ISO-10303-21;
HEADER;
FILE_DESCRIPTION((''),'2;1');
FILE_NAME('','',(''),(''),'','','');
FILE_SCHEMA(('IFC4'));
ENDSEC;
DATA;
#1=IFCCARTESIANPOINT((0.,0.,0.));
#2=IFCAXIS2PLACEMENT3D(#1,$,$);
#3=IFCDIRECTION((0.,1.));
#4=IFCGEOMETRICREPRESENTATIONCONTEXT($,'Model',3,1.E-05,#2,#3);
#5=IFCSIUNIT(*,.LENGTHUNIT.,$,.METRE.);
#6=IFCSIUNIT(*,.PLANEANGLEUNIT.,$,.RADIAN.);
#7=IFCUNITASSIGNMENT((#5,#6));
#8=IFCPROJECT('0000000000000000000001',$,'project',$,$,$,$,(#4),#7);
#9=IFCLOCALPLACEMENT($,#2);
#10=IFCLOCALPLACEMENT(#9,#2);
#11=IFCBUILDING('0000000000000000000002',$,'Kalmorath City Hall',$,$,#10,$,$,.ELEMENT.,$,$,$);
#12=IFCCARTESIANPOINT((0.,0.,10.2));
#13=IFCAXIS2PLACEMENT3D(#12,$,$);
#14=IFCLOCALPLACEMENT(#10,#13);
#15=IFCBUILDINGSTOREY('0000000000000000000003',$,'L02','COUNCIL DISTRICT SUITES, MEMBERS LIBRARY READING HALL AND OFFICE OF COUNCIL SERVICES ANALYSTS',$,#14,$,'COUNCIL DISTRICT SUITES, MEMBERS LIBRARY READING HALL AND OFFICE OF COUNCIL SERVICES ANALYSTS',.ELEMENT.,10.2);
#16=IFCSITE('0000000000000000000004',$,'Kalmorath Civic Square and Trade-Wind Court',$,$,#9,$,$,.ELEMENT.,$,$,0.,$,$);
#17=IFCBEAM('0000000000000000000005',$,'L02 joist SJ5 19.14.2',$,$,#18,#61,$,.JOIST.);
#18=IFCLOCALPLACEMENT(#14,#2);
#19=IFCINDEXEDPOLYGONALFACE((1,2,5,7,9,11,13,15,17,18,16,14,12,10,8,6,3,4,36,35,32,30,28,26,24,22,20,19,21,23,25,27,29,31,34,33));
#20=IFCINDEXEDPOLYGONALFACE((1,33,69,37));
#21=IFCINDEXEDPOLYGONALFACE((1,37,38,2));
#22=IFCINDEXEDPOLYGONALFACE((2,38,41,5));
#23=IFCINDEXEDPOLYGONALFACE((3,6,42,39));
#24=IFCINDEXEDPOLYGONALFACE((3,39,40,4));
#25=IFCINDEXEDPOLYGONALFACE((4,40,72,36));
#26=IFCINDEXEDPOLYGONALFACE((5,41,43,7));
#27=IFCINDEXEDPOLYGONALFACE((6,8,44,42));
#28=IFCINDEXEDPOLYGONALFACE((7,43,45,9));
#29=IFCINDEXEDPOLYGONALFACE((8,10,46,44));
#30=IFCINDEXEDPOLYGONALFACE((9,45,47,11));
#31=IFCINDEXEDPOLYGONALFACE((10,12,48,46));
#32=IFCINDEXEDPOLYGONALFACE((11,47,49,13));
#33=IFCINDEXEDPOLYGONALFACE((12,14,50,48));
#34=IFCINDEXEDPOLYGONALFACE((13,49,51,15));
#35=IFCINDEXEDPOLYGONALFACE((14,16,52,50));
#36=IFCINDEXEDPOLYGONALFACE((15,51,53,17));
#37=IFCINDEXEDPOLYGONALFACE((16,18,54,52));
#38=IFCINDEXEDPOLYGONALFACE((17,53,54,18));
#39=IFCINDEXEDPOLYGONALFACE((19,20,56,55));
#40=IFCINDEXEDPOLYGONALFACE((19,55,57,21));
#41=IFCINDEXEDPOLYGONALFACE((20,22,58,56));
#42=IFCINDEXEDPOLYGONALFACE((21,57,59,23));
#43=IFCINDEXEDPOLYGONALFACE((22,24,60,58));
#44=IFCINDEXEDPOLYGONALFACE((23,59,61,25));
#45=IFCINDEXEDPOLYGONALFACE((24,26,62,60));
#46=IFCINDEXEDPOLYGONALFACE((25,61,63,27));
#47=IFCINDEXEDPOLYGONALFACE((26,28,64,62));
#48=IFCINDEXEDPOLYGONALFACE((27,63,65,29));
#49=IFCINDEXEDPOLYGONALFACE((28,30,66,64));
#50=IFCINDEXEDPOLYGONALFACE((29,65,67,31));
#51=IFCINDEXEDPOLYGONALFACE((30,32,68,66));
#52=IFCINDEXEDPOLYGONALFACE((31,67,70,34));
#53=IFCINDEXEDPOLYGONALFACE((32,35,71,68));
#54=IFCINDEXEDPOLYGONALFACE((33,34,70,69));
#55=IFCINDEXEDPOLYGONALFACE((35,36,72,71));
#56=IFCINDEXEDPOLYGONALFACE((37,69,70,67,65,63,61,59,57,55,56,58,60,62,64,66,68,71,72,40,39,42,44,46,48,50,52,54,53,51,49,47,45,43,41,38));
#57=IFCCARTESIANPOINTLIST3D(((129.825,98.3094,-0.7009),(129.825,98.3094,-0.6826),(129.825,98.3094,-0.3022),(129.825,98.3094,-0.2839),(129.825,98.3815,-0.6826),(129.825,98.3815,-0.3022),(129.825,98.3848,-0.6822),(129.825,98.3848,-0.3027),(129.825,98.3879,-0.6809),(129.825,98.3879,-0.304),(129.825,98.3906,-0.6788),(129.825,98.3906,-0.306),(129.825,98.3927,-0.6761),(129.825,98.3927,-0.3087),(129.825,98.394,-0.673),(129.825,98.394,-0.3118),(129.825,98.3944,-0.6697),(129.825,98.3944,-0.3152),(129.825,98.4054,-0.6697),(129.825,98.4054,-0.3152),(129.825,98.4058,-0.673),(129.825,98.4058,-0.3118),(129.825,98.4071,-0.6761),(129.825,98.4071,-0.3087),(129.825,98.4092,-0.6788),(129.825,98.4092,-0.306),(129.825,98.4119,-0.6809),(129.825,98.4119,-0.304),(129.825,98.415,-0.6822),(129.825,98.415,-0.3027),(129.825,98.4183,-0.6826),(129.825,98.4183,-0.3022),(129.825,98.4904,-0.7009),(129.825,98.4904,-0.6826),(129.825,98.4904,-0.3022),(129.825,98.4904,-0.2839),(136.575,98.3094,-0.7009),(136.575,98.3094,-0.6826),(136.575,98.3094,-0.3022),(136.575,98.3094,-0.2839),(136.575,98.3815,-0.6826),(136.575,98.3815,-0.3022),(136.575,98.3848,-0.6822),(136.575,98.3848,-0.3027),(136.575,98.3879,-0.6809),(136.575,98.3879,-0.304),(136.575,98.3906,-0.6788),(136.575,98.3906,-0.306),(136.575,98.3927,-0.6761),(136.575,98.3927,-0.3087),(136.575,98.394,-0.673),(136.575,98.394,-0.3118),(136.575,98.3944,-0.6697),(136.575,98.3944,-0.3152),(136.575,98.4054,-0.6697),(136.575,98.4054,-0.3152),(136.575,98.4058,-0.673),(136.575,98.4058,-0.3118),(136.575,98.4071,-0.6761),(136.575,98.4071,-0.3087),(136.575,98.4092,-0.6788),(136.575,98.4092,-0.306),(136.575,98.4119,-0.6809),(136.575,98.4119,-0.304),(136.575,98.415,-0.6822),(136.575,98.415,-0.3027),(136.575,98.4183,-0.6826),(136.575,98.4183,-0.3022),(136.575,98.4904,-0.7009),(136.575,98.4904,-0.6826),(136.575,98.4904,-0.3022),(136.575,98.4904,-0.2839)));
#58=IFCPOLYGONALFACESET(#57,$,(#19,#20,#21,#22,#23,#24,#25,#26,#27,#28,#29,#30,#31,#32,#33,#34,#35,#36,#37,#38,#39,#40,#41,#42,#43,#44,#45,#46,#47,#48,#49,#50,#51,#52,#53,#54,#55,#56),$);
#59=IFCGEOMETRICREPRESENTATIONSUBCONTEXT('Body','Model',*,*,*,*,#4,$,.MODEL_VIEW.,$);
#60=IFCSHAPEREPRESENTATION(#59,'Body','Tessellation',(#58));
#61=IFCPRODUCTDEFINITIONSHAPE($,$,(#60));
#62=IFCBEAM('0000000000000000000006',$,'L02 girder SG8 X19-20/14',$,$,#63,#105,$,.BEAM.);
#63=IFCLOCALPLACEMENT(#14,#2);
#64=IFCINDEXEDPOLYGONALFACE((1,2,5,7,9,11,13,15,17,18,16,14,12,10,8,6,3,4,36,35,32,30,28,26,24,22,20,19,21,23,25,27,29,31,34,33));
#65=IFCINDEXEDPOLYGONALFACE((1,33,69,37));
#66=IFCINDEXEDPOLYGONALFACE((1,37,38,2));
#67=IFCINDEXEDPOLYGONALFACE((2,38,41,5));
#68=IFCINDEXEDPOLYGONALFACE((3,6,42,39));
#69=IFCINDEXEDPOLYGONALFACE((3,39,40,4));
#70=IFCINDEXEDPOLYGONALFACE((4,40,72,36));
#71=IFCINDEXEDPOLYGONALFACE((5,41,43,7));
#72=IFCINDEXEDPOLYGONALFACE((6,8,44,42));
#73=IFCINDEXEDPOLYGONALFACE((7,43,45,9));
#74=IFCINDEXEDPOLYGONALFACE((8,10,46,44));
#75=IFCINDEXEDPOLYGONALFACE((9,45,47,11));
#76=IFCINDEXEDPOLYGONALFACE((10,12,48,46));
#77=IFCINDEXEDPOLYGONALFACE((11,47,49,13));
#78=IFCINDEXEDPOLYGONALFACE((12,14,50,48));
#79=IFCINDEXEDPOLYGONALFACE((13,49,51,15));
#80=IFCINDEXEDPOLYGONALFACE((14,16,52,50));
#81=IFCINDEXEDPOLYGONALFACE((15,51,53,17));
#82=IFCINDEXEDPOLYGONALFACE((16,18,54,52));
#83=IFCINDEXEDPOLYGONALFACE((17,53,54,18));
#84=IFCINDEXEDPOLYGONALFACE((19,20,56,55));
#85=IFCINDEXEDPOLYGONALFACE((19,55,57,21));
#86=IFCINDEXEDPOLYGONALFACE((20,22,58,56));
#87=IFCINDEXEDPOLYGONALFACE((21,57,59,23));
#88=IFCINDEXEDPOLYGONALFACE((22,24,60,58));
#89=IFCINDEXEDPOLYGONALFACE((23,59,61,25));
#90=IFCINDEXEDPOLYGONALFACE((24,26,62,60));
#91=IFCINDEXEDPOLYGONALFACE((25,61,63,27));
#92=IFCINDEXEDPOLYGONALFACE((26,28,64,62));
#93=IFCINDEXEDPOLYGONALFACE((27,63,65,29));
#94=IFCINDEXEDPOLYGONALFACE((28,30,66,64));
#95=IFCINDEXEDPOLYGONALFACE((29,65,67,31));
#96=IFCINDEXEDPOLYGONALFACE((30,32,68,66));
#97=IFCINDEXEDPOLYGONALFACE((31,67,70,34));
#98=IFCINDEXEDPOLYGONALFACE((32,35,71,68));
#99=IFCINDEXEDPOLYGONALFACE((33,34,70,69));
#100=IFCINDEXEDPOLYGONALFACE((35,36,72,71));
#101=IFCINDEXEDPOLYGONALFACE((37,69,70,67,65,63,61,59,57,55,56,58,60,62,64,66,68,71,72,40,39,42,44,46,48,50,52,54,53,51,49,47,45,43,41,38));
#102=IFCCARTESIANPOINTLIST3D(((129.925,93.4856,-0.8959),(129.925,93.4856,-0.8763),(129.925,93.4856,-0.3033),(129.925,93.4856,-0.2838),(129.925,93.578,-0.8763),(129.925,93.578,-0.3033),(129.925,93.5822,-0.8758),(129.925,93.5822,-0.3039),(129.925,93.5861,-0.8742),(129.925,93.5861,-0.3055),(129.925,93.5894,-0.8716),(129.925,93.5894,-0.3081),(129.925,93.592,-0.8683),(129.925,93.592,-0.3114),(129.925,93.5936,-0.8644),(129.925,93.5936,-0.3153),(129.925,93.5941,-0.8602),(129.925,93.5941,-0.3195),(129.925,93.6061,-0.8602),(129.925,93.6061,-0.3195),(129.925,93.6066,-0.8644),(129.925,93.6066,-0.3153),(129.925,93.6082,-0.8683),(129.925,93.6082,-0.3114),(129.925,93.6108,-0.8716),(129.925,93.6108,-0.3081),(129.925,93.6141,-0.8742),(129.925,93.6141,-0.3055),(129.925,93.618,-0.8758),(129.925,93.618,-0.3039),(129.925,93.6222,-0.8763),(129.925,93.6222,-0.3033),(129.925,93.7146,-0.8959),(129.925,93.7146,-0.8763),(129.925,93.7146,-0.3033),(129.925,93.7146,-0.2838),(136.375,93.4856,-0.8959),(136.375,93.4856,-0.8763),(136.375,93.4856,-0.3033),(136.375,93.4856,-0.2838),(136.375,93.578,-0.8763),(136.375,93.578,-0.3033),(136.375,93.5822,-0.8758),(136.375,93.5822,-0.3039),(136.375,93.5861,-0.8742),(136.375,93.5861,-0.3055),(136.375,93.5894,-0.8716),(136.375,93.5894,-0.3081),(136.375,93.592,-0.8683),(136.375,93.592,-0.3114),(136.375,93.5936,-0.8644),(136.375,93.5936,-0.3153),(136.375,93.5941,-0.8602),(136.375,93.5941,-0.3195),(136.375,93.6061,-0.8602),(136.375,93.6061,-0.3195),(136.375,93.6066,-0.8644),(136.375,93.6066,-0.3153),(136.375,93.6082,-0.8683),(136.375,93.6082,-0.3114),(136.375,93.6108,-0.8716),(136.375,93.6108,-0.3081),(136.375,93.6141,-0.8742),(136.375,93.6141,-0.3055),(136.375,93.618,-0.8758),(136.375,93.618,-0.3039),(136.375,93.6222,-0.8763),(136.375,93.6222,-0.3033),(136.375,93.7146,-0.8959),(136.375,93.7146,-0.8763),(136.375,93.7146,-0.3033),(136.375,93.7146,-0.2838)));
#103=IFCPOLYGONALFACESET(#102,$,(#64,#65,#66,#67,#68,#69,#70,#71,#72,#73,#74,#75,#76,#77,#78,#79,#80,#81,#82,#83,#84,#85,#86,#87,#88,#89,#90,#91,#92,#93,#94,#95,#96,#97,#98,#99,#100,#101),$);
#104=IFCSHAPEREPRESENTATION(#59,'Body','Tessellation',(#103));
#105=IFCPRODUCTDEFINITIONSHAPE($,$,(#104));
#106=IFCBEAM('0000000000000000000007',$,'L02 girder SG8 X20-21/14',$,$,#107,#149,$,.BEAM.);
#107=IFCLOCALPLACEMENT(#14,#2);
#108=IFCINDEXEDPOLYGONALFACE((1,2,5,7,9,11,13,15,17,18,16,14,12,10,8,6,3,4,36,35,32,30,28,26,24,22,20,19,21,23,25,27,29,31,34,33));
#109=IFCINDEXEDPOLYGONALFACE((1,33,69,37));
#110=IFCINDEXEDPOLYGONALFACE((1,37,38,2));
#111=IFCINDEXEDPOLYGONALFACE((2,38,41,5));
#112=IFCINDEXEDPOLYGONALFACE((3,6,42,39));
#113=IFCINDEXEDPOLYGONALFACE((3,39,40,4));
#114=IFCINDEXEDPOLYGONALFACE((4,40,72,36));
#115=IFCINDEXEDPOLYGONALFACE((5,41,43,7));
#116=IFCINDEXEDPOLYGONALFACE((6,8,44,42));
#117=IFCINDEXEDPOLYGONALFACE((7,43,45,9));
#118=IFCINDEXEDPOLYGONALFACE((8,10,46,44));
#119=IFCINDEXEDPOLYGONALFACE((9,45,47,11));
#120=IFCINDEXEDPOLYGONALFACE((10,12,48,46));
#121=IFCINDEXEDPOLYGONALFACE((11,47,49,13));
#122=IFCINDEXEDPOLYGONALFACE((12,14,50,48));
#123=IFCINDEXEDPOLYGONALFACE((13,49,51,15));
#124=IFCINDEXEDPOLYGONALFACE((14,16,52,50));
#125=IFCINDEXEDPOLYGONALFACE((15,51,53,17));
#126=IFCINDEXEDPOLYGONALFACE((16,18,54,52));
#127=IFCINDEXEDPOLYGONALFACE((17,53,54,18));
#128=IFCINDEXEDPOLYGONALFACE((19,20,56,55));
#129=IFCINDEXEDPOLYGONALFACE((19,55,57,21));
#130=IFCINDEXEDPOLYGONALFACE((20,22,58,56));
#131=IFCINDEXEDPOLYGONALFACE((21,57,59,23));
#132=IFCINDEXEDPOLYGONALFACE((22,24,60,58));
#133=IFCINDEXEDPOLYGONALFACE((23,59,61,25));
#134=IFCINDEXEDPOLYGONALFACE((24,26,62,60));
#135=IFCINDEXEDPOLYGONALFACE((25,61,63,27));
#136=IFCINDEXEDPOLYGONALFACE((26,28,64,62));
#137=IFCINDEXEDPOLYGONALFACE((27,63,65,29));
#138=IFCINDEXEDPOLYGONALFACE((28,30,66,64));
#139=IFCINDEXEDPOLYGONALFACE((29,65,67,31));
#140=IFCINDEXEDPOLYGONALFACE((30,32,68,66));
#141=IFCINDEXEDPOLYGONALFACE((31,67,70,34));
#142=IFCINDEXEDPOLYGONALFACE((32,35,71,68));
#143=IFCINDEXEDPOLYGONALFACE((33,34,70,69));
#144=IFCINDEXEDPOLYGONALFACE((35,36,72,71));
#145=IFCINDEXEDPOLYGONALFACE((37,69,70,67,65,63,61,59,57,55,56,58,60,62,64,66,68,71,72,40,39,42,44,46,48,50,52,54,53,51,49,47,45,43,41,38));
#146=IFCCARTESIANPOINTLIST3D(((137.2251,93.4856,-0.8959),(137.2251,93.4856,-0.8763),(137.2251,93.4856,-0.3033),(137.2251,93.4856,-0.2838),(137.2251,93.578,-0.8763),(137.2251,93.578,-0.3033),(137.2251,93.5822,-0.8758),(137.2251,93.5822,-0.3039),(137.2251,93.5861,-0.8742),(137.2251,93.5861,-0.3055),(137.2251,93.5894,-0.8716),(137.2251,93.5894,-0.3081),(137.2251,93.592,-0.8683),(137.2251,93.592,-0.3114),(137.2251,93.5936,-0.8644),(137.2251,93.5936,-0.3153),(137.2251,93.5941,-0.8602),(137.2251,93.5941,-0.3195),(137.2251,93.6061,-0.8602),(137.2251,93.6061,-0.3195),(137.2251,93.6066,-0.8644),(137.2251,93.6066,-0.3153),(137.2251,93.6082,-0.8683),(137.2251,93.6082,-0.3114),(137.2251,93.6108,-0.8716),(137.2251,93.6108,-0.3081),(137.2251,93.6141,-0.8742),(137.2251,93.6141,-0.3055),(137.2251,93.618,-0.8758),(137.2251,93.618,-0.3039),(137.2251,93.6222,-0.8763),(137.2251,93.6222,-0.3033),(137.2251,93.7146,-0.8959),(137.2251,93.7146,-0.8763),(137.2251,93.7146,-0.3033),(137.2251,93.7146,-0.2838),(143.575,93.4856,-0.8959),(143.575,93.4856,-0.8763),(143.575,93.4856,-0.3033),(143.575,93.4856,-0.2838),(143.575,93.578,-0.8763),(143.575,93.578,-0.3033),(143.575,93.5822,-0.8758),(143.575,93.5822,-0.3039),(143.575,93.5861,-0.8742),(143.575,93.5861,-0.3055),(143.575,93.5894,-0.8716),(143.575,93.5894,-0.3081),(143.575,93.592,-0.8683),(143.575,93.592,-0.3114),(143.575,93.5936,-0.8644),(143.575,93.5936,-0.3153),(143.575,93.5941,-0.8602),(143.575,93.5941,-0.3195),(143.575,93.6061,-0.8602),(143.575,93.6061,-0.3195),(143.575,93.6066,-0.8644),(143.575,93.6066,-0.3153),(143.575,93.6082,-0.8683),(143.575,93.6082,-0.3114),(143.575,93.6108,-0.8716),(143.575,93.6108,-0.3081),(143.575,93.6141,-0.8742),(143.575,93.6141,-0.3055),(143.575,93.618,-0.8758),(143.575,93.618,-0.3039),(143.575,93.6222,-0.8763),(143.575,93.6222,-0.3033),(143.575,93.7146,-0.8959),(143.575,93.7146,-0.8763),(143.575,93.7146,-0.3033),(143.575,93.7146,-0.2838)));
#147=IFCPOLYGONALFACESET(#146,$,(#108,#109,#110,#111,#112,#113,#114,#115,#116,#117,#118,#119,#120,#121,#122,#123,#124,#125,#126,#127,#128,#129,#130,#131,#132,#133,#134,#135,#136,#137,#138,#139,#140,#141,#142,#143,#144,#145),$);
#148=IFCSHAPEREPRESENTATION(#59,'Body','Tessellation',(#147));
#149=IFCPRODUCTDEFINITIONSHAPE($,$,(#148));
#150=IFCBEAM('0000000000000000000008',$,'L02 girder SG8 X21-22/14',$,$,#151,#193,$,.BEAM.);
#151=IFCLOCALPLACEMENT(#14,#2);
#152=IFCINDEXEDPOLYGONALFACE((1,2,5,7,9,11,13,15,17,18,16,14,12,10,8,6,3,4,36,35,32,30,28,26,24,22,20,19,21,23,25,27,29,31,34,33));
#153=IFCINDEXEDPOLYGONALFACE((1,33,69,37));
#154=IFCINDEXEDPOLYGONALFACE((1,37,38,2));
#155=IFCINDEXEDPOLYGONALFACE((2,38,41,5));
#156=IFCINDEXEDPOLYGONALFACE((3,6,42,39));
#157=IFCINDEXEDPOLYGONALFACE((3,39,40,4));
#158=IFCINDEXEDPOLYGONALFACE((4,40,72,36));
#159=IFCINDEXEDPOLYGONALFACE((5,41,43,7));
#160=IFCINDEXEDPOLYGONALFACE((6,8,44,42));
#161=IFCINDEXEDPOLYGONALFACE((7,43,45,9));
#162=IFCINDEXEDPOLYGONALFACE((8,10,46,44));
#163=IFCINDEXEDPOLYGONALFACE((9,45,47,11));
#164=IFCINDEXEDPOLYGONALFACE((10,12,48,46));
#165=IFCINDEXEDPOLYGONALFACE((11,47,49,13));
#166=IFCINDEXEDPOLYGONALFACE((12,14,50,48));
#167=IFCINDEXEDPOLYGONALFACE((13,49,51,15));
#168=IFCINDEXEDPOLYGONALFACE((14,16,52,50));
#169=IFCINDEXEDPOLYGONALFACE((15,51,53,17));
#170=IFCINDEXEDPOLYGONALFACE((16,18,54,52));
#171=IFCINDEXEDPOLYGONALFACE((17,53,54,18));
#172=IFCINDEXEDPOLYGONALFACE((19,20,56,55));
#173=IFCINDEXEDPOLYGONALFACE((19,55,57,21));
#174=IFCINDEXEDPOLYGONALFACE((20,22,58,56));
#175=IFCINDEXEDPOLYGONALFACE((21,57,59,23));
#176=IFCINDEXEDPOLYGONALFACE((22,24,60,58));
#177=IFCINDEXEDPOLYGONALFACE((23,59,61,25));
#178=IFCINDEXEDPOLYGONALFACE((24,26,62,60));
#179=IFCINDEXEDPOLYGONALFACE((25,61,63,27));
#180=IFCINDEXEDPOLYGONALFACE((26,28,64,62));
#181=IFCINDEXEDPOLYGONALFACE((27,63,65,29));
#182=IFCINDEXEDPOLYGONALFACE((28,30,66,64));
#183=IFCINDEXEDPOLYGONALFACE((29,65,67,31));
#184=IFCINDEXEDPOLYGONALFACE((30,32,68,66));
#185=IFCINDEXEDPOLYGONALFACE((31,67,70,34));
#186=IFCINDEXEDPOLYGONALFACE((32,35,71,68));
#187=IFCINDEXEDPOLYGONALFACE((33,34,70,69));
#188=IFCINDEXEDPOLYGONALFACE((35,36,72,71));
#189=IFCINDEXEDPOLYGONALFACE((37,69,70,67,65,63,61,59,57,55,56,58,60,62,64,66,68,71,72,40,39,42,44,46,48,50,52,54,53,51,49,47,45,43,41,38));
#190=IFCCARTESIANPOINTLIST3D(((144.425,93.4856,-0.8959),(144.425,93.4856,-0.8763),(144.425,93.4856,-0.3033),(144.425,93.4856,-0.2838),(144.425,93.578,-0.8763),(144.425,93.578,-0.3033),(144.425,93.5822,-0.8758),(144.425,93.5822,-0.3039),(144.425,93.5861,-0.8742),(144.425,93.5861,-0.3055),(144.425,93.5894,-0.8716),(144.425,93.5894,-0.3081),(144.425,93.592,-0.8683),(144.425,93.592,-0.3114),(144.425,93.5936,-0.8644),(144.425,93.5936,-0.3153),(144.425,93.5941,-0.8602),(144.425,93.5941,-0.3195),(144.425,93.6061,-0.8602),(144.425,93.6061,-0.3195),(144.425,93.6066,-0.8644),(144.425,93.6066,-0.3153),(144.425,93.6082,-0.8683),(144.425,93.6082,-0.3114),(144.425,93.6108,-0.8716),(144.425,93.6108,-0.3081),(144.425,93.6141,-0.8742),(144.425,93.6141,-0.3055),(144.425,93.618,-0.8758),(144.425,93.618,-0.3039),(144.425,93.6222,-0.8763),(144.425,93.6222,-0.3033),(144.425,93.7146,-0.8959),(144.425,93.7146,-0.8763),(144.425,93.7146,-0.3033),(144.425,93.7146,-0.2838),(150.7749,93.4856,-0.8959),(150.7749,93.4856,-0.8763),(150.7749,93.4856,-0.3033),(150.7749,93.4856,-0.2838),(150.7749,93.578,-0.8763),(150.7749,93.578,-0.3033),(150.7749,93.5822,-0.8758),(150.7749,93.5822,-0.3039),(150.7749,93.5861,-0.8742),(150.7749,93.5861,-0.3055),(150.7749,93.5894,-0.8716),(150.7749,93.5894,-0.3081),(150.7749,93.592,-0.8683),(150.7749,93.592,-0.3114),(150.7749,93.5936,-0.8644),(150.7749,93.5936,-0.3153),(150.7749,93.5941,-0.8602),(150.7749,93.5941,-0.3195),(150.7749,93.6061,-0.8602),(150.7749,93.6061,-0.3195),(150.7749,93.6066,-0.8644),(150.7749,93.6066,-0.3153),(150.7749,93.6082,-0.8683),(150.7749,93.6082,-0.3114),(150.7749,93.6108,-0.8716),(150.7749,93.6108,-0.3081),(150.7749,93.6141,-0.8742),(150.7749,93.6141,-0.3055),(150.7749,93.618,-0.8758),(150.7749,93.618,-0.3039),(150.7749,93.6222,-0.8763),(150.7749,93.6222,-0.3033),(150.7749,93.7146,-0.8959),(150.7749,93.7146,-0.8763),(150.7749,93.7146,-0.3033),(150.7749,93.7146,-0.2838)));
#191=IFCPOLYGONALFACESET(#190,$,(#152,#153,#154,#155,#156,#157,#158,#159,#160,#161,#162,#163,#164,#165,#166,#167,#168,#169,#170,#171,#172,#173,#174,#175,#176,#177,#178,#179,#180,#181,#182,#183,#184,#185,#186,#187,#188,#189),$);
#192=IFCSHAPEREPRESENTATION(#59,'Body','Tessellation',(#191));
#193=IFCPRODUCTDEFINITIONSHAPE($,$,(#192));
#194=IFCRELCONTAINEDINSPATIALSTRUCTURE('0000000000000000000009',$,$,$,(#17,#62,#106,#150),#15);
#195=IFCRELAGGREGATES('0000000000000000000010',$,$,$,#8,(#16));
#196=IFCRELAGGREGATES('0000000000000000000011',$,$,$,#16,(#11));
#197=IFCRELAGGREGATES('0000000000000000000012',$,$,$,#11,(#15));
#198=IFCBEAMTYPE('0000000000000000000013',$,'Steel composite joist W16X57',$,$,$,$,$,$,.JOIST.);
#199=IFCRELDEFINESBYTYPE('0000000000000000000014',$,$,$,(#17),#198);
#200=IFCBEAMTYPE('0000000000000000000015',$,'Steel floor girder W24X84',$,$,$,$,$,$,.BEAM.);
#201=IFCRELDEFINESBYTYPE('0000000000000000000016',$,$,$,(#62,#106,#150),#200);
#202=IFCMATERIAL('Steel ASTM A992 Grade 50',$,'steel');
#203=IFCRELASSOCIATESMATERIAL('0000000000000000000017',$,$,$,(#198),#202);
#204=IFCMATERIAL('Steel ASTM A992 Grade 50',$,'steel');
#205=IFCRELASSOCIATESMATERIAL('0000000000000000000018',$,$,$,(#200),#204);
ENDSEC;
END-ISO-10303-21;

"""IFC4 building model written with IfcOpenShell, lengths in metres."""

from ifc_helpers import new_model, si_unit, direction, frame, origin, origin_2d, place, context, subcontext, project, spatial, i_section, extrude, material, material_profile, profile_set, type_object, element, save


model = new_model("IFC4")

# Units and contexts
model_context = context("Model", 3, precision=1e-05, world=origin(), true_north=direction((0.0, 1.0)))
body_context = subcontext(model_context, "Body", "Model", "MODEL_VIEW")
ifc_project = project(units=[si_unit("LENGTHUNIT", "METRE"), si_unit("PLANEANGLEUNIT", "RADIAN")], contexts=[model_context])

# Site, building, storey
site_placement = place(None, origin())
site = spatial("IfcSite", under=ifc_project, at=site_placement, Name="Kalmorath Civic Square and Trade-Wind Court", CompositionType="ELEMENT", RefElevation=0.0)
building_placement = place(site_placement, origin())
building = spatial("IfcBuilding", under=site, at=building_placement, Name="Kalmorath City Hall", CompositionType="ELEMENT")
storey_placement = place(building_placement, frame((0.0, 0.0, 10.2)))
storey = spatial("IfcBuildingStorey", under=building, at=storey_placement, Name="L02", Description="COUNCIL DISTRICT SUITES, MEMBERS LIBRARY READING HALL AND OFFICE OF COUNCIL SERVICES ANALYSTS", LongName="COUNCIL DISTRICT SUITES, MEMBERS LIBRARY READING HALL AND OFFICE OF COUNCIL SERVICES ANALYSTS", CompositionType="ELEMENT", Elevation=10.2)

# Beams
ifc_material_1 = material(Name="Steel ASTM A992 Grade 50", Category="steel")
ifc_material_profile_1 = material_profile(ifc_material_1, i_section(OverallWidth=0.1809, OverallDepth=0.417, WebThickness=0.011, FlangeThickness=0.0183, FilletRadius=0.0129, at=origin_2d()), Name="W16X57")
ifc_profile_set_1 = profile_set([ifc_material_profile_1], Name="Steel ASTM A992 Grade 50")
beam_type_1 = type_object("IfcBeamType", Name="Steel composite joist W16X57", PredefinedType="JOIST", material=ifc_profile_set_1)
for number, where, z_axis, x_axis, name in (
    (1, (129.825, 98.3999, -0.4924), (1.0, 0.0, 0.0), (0.0, 1.0, 0.0), "L02 joist SJ5 19.14.2"),
):
    element("IfcBeam", number, at=place(storey_placement, frame(where, z_axis=z_axis, x_axis=x_axis)), inside=storey, type_object=beam_type_1, Name=name, PredefinedType="JOIST", context=body_context, shape_type="SweptSolid", body=[
        extrude(i_section(OverallWidth=0.1809, OverallDepth=0.417, WebThickness=0.011, FlangeThickness=0.0183, FilletRadius=0.0129, at=origin_2d()), origin(), (0.0, 0.0, 1.0), 6.75),
    ])
ifc_material_2 = material(Name="Steel ASTM A992 Grade 50", Category="steel")
ifc_material_profile_2 = material_profile(ifc_material_2, i_section(OverallWidth=0.229, OverallDepth=0.6121, WebThickness=0.012, FlangeThickness=0.0195, FilletRadius=0.0161, at=origin_2d()), Name="W24X84")
ifc_profile_set_2 = profile_set([ifc_material_profile_2], Name="Steel ASTM A992 Grade 50")
beam_type_2 = type_object("IfcBeamType", Name="Steel floor girder W24X84", PredefinedType="BEAM", material=ifc_profile_set_2)
beam_placement = place(storey_placement, frame((129.925, 93.6001, -0.5898), z_axis=(1.0, 0.0, 0.0), x_axis=(0.0, 1.0, 0.0)))
element("IfcBeam", 2, at=beam_placement, inside=storey, type_object=beam_type_2, Name="L02 girder SG8 X19-20/14", PredefinedType="BEAM", context=body_context, shape_type="SweptSolid", body=[
    extrude(i_section(OverallWidth=0.229, OverallDepth=0.6121, WebThickness=0.012, FlangeThickness=0.0195, FilletRadius=0.0161, at=origin_2d()), origin(), (0.0, 0.0, 1.0), 6.45),
])
for number, where, z_axis, x_axis, name in (
    (3, (137.2251, 93.6001, -0.5898), (1.0, 0.0, 0.0), (0.0, 1.0, 0.0), "L02 girder SG8 X20-21/14"),
    (4, (144.425, 93.6001, -0.5898), (1.0, 0.0, 0.0), (0.0, 1.0, 0.0), "L02 girder SG8 X21-22/14"),
):
    element("IfcBeam", number, at=place(storey_placement, frame(where, z_axis=z_axis, x_axis=x_axis)), inside=storey, type_object=beam_type_2, Name=name, PredefinedType="BEAM", context=body_context, shape_type="SweptSolid", body=[
        extrude(i_section(OverallWidth=0.229, OverallDepth=0.6121, WebThickness=0.012, FlangeThickness=0.0195, FilletRadius=0.0161, at=origin_2d()), origin(), (0.0, 0.0, 1.0), 6.3499),
    ])

save(model, "model.ifc")
